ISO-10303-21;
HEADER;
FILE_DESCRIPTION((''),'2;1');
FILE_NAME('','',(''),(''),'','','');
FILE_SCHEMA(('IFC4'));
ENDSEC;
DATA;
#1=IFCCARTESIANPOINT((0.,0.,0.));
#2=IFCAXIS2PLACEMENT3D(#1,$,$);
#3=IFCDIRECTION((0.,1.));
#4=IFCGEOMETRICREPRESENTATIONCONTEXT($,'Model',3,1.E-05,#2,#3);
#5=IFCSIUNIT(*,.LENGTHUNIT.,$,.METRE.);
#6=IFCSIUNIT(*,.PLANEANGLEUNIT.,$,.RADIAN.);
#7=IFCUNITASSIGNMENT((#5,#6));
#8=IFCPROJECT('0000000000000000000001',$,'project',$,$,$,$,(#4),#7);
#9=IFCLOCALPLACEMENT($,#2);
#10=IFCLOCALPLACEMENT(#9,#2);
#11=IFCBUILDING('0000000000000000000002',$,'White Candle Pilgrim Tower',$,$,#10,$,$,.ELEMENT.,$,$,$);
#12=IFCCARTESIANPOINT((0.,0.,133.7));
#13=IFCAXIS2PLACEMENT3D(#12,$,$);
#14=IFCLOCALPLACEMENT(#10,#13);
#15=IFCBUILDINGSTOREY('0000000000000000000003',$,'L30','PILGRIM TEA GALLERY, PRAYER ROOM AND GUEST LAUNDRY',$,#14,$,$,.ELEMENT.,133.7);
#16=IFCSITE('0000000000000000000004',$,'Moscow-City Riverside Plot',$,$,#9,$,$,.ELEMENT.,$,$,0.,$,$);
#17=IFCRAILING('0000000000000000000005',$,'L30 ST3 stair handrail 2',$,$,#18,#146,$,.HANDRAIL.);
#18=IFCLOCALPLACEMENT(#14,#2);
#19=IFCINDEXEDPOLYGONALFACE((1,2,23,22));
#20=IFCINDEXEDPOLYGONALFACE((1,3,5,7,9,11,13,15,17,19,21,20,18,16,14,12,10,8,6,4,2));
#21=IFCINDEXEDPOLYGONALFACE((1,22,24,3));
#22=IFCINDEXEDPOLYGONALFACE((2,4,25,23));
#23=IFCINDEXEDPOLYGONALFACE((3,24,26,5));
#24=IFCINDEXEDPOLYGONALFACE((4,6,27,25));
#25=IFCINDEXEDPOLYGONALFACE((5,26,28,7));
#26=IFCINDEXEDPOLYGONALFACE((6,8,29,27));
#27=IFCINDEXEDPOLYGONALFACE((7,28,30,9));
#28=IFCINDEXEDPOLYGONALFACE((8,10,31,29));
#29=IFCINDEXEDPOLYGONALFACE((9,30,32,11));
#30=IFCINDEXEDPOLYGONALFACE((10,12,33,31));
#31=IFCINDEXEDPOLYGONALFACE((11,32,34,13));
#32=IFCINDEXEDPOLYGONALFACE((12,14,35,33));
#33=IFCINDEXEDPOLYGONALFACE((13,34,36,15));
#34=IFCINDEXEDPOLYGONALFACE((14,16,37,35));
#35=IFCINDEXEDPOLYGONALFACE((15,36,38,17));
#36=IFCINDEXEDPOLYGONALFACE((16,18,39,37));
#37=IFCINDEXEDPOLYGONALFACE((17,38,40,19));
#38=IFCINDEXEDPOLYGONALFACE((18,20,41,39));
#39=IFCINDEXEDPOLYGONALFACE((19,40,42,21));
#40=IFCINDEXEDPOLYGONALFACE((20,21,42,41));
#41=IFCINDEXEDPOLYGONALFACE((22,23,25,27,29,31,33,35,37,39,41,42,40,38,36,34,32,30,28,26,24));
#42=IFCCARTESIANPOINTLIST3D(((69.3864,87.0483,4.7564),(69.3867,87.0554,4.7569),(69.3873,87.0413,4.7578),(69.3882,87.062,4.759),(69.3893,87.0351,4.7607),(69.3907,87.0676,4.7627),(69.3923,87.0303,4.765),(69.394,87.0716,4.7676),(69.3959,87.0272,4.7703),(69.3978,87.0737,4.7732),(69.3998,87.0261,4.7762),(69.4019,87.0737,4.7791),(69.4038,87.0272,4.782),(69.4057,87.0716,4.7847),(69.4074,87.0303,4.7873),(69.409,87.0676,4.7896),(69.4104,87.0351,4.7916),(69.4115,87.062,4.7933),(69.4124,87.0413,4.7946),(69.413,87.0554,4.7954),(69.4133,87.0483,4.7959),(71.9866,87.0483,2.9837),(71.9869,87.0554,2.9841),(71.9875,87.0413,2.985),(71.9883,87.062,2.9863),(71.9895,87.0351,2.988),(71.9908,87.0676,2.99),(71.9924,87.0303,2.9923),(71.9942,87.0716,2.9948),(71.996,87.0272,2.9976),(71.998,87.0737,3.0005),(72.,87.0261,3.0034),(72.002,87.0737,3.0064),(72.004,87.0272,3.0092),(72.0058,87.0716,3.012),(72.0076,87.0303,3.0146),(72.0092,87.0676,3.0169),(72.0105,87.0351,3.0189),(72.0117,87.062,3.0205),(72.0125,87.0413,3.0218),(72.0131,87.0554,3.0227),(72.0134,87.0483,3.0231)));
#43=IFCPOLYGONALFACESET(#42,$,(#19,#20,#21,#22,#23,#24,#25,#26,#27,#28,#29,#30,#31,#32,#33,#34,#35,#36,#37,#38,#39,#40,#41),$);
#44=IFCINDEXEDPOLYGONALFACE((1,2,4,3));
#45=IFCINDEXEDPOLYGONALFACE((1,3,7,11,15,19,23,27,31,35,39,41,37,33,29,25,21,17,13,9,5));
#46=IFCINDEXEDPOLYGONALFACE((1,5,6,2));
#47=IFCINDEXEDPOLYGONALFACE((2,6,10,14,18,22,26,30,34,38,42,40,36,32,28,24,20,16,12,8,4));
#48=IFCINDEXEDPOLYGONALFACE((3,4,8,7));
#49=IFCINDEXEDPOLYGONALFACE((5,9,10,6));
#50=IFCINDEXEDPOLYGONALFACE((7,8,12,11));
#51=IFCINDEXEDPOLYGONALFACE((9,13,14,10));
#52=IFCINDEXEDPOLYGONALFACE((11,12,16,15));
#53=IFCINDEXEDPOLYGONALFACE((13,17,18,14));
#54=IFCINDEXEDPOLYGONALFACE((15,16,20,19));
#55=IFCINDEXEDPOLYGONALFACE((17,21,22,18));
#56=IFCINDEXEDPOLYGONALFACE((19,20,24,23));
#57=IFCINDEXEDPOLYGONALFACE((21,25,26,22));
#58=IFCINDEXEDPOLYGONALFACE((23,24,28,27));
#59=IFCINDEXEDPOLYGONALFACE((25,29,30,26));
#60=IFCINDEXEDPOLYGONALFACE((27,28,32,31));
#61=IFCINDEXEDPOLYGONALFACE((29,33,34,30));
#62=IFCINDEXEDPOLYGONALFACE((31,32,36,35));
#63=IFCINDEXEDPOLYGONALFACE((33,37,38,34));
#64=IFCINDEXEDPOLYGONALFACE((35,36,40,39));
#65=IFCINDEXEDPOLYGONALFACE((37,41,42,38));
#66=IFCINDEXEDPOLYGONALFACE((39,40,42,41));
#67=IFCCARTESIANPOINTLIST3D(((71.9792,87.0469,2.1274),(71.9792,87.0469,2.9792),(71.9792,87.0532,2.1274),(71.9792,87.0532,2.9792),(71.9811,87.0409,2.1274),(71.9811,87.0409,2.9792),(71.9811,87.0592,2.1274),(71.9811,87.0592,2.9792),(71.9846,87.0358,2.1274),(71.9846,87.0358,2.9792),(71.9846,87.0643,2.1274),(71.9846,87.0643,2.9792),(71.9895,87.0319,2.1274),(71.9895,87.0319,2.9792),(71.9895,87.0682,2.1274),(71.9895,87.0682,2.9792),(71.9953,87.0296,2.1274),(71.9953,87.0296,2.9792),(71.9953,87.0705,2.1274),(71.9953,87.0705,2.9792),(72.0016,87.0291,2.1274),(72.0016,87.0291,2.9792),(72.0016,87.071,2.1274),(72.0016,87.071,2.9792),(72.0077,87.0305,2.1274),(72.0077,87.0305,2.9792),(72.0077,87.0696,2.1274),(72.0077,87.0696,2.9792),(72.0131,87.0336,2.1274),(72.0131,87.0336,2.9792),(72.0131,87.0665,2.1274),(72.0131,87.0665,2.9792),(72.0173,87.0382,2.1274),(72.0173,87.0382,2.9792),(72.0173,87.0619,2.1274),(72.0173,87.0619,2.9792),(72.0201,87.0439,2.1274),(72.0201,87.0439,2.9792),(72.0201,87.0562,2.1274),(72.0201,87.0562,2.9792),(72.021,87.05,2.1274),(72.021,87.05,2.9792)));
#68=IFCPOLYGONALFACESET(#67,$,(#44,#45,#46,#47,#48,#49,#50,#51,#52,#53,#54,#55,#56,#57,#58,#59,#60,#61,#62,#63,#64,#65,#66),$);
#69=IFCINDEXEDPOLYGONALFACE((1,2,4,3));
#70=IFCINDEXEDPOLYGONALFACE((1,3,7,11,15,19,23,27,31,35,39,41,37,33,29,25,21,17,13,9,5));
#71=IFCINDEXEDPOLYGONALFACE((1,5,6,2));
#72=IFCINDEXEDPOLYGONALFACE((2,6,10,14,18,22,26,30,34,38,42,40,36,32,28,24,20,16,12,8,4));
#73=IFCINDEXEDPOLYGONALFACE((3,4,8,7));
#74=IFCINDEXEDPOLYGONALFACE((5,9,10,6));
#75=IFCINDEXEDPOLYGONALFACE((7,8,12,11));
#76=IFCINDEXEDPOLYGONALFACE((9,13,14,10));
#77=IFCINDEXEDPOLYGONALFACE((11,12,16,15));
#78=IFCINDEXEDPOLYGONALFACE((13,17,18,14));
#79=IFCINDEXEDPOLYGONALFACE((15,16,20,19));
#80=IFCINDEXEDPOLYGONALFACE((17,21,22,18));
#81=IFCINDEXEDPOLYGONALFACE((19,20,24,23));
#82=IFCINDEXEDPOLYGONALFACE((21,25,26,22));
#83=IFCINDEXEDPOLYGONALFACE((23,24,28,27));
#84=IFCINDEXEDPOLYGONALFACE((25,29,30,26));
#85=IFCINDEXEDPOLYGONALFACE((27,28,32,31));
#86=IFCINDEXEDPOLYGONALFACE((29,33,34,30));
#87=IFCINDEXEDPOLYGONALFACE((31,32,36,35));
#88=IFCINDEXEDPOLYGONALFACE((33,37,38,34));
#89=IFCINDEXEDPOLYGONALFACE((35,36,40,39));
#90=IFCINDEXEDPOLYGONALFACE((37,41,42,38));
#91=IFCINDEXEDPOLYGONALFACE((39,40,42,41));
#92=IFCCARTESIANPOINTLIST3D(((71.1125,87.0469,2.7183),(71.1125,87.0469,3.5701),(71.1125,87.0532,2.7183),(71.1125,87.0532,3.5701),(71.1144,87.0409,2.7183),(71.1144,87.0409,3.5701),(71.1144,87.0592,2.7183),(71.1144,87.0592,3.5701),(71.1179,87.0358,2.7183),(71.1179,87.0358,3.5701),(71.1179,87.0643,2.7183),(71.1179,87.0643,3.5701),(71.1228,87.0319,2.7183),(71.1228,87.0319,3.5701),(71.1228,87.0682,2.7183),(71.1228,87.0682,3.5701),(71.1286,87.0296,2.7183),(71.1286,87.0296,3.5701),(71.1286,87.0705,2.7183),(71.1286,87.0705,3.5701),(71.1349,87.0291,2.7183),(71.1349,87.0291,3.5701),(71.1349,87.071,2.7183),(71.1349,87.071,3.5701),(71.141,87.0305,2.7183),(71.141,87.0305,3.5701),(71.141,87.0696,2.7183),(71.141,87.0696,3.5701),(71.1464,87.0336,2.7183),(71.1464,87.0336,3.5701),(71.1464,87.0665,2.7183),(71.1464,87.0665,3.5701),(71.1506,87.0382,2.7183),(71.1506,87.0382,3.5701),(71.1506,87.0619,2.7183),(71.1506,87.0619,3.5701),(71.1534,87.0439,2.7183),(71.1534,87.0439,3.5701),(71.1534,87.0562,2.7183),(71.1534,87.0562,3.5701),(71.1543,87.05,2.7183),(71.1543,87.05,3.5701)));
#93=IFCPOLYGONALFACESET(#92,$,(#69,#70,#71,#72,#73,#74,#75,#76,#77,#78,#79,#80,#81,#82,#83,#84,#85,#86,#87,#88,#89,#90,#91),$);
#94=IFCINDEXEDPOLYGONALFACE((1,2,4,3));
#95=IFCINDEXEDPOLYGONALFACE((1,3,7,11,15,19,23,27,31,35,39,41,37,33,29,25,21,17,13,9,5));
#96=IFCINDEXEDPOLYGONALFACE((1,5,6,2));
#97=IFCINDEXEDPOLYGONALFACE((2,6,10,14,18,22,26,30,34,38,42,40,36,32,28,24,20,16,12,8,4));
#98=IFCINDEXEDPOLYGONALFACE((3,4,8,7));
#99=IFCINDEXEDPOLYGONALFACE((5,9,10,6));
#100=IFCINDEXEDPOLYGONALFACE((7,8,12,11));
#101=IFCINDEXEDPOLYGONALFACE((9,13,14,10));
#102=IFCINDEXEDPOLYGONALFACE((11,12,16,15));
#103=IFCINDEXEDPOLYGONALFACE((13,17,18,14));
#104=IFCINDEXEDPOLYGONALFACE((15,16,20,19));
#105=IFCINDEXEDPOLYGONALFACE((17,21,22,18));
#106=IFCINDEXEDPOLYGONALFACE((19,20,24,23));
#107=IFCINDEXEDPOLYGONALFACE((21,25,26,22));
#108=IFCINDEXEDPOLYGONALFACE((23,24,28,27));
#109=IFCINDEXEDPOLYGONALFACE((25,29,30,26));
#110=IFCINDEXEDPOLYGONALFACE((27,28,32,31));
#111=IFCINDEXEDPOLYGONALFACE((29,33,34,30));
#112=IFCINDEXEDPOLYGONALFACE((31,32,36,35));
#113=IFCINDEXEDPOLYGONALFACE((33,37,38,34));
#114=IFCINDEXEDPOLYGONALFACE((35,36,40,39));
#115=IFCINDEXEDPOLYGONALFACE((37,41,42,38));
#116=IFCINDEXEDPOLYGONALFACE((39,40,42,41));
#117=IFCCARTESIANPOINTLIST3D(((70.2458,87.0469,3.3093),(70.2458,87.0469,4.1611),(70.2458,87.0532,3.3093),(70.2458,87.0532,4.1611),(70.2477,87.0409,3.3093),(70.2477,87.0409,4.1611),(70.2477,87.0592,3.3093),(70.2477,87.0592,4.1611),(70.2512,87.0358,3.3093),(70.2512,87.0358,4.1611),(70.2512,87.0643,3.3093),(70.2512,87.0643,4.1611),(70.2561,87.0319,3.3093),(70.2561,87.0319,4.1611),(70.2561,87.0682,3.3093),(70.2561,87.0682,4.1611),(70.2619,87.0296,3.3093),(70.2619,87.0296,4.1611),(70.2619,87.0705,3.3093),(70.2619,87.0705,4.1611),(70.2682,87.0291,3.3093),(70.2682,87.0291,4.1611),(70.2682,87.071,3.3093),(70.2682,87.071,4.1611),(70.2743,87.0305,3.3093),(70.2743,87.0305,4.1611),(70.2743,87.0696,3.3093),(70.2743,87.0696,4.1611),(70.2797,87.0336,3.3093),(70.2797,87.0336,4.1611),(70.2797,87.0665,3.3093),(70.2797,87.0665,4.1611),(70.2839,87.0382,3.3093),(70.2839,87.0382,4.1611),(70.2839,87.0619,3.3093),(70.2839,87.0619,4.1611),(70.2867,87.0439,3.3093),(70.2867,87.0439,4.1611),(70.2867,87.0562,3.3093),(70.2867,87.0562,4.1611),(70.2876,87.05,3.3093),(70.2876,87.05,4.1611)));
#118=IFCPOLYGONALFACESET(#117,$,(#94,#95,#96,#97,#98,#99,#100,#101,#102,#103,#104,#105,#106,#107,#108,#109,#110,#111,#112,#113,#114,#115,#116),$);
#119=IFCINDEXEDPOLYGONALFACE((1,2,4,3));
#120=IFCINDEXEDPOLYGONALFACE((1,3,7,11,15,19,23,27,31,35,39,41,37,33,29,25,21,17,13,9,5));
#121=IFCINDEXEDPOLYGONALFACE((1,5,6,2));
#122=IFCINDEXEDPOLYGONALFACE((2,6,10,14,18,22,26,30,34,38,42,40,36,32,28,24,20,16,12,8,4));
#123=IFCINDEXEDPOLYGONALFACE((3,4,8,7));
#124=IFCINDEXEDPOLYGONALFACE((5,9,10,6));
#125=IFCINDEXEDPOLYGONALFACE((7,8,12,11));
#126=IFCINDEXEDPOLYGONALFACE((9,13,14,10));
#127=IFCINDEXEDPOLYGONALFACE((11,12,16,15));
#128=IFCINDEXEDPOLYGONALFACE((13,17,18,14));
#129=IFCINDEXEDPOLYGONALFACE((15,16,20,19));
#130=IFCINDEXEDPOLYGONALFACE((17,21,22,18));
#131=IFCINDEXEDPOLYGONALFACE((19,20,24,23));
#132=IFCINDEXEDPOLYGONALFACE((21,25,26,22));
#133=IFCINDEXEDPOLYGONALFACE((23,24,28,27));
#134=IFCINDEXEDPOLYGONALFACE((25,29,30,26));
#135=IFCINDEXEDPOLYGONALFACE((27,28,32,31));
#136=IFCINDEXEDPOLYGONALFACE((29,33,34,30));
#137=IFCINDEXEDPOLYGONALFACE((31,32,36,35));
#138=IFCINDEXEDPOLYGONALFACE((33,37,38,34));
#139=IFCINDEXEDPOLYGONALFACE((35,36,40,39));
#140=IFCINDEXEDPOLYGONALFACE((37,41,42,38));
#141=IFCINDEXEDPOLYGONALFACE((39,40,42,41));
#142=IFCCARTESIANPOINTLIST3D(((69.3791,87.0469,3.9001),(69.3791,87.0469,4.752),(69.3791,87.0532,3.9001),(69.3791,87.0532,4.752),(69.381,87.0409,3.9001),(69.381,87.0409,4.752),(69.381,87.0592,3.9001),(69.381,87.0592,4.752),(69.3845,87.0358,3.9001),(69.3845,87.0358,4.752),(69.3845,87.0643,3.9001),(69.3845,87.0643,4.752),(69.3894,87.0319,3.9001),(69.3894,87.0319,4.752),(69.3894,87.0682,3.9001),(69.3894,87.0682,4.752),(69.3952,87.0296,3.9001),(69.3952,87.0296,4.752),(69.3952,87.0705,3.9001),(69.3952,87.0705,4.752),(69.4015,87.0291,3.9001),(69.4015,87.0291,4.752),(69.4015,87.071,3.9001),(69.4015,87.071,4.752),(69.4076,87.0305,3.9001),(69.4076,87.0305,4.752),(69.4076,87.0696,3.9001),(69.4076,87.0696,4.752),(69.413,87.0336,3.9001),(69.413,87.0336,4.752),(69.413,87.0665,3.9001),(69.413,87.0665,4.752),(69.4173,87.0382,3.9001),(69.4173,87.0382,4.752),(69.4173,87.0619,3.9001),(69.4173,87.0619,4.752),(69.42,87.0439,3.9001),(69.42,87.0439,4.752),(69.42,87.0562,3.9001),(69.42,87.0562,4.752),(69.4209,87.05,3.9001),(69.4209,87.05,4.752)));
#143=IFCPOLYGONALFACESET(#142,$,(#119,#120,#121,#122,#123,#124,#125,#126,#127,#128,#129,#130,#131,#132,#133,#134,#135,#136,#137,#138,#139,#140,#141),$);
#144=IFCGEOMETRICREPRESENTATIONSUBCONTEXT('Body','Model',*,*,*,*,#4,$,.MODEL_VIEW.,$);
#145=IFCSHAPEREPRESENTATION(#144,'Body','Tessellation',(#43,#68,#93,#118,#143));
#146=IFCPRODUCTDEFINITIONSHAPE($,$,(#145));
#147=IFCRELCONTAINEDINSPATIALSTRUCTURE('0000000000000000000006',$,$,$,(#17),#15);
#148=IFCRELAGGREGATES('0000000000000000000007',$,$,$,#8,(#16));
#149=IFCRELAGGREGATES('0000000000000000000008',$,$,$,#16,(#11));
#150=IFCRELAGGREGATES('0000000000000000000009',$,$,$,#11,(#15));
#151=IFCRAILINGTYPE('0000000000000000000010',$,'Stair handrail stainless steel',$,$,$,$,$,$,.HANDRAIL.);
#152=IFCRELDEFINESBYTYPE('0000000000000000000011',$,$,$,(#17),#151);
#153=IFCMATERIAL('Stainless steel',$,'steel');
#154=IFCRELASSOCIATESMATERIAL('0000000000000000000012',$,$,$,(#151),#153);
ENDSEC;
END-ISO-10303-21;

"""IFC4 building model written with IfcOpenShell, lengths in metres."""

from ifc_helpers import new_model, si_unit, direction, frame, origin, origin_2d, place, context, subcontext, project, spatial, circle, extrude, material, type_object, element, save


model = new_model("IFC4")

# Units and contexts
model_context = context("Model", 3, precision=1e-05, world=origin(), true_north=direction((0.0, 1.0)))
body_context = subcontext(model_context, "Body", "Model", "MODEL_VIEW")
ifc_project = project(units=[si_unit("LENGTHUNIT", "METRE"), si_unit("PLANEANGLEUNIT", "RADIAN")], contexts=[model_context])

# Site, building, storey
site_placement = place(None, origin())
site = spatial("IfcSite", under=ifc_project, at=site_placement, Name="Moscow-City Riverside Plot", CompositionType="ELEMENT", RefElevation=0.0)
building_placement = place(site_placement, origin())
building = spatial("IfcBuilding", under=site, at=building_placement, Name="White Candle Pilgrim Tower", CompositionType="ELEMENT")
storey_placement = place(building_placement, frame((0.0, 0.0, 133.7)))
storey = spatial("IfcBuildingStorey", under=building, at=storey_placement, Name="L30", Description="PILGRIM TEA GALLERY, PRAYER ROOM AND GUEST LAUNDRY", CompositionType="ELEMENT", Elevation=133.7)

# Railing
ifc_material_1 = material(Name="Stainless steel", Category="steel")
railing_type_1 = type_object("IfcRailingType", Name="Stair handrail stainless steel", PredefinedType="HANDRAIL", material=ifc_material_1)
railing_1_placement = place(storey_placement, frame((72.0, 87.05, 2.1274)))
element("IfcRailing", 1, at=railing_1_placement, inside=storey, type_object=railing_type_1, Name="L30 ST3 stair handrail 2", PredefinedType="HANDRAIL", context=body_context, shape_type="SweptSolid", body=[
    extrude(circle(Radius=0.0239, at=origin_2d()), frame((0.0, 0.0, 0.876), z_axis=(-0.82624, 0.0, 0.563318), x_axis=(0.0, -1.0, 0.0)), (0.0, 0.0, 1.0), 3.147),
    extrude(circle(Radius=0.021, at=origin_2d()), origin(), (0.0, 0.0, 1.0), 0.8518),
    extrude(circle(Radius=0.021, at=origin_2d()), frame((-0.8667, 0.0, 0.5908)), (0.0, 0.0, 1.0), 0.8518),
    extrude(circle(Radius=0.021, at=origin_2d()), frame((-1.7334, 0.0, 1.1819)), (0.0, 0.0, 1.0), 0.8518),
    extrude(circle(Radius=0.021, at=origin_2d()), frame((-2.6001, 0.0, 1.7727)), (0.0, 0.0, 1.0), 0.8518),
])

save(model, "model.ifc")
